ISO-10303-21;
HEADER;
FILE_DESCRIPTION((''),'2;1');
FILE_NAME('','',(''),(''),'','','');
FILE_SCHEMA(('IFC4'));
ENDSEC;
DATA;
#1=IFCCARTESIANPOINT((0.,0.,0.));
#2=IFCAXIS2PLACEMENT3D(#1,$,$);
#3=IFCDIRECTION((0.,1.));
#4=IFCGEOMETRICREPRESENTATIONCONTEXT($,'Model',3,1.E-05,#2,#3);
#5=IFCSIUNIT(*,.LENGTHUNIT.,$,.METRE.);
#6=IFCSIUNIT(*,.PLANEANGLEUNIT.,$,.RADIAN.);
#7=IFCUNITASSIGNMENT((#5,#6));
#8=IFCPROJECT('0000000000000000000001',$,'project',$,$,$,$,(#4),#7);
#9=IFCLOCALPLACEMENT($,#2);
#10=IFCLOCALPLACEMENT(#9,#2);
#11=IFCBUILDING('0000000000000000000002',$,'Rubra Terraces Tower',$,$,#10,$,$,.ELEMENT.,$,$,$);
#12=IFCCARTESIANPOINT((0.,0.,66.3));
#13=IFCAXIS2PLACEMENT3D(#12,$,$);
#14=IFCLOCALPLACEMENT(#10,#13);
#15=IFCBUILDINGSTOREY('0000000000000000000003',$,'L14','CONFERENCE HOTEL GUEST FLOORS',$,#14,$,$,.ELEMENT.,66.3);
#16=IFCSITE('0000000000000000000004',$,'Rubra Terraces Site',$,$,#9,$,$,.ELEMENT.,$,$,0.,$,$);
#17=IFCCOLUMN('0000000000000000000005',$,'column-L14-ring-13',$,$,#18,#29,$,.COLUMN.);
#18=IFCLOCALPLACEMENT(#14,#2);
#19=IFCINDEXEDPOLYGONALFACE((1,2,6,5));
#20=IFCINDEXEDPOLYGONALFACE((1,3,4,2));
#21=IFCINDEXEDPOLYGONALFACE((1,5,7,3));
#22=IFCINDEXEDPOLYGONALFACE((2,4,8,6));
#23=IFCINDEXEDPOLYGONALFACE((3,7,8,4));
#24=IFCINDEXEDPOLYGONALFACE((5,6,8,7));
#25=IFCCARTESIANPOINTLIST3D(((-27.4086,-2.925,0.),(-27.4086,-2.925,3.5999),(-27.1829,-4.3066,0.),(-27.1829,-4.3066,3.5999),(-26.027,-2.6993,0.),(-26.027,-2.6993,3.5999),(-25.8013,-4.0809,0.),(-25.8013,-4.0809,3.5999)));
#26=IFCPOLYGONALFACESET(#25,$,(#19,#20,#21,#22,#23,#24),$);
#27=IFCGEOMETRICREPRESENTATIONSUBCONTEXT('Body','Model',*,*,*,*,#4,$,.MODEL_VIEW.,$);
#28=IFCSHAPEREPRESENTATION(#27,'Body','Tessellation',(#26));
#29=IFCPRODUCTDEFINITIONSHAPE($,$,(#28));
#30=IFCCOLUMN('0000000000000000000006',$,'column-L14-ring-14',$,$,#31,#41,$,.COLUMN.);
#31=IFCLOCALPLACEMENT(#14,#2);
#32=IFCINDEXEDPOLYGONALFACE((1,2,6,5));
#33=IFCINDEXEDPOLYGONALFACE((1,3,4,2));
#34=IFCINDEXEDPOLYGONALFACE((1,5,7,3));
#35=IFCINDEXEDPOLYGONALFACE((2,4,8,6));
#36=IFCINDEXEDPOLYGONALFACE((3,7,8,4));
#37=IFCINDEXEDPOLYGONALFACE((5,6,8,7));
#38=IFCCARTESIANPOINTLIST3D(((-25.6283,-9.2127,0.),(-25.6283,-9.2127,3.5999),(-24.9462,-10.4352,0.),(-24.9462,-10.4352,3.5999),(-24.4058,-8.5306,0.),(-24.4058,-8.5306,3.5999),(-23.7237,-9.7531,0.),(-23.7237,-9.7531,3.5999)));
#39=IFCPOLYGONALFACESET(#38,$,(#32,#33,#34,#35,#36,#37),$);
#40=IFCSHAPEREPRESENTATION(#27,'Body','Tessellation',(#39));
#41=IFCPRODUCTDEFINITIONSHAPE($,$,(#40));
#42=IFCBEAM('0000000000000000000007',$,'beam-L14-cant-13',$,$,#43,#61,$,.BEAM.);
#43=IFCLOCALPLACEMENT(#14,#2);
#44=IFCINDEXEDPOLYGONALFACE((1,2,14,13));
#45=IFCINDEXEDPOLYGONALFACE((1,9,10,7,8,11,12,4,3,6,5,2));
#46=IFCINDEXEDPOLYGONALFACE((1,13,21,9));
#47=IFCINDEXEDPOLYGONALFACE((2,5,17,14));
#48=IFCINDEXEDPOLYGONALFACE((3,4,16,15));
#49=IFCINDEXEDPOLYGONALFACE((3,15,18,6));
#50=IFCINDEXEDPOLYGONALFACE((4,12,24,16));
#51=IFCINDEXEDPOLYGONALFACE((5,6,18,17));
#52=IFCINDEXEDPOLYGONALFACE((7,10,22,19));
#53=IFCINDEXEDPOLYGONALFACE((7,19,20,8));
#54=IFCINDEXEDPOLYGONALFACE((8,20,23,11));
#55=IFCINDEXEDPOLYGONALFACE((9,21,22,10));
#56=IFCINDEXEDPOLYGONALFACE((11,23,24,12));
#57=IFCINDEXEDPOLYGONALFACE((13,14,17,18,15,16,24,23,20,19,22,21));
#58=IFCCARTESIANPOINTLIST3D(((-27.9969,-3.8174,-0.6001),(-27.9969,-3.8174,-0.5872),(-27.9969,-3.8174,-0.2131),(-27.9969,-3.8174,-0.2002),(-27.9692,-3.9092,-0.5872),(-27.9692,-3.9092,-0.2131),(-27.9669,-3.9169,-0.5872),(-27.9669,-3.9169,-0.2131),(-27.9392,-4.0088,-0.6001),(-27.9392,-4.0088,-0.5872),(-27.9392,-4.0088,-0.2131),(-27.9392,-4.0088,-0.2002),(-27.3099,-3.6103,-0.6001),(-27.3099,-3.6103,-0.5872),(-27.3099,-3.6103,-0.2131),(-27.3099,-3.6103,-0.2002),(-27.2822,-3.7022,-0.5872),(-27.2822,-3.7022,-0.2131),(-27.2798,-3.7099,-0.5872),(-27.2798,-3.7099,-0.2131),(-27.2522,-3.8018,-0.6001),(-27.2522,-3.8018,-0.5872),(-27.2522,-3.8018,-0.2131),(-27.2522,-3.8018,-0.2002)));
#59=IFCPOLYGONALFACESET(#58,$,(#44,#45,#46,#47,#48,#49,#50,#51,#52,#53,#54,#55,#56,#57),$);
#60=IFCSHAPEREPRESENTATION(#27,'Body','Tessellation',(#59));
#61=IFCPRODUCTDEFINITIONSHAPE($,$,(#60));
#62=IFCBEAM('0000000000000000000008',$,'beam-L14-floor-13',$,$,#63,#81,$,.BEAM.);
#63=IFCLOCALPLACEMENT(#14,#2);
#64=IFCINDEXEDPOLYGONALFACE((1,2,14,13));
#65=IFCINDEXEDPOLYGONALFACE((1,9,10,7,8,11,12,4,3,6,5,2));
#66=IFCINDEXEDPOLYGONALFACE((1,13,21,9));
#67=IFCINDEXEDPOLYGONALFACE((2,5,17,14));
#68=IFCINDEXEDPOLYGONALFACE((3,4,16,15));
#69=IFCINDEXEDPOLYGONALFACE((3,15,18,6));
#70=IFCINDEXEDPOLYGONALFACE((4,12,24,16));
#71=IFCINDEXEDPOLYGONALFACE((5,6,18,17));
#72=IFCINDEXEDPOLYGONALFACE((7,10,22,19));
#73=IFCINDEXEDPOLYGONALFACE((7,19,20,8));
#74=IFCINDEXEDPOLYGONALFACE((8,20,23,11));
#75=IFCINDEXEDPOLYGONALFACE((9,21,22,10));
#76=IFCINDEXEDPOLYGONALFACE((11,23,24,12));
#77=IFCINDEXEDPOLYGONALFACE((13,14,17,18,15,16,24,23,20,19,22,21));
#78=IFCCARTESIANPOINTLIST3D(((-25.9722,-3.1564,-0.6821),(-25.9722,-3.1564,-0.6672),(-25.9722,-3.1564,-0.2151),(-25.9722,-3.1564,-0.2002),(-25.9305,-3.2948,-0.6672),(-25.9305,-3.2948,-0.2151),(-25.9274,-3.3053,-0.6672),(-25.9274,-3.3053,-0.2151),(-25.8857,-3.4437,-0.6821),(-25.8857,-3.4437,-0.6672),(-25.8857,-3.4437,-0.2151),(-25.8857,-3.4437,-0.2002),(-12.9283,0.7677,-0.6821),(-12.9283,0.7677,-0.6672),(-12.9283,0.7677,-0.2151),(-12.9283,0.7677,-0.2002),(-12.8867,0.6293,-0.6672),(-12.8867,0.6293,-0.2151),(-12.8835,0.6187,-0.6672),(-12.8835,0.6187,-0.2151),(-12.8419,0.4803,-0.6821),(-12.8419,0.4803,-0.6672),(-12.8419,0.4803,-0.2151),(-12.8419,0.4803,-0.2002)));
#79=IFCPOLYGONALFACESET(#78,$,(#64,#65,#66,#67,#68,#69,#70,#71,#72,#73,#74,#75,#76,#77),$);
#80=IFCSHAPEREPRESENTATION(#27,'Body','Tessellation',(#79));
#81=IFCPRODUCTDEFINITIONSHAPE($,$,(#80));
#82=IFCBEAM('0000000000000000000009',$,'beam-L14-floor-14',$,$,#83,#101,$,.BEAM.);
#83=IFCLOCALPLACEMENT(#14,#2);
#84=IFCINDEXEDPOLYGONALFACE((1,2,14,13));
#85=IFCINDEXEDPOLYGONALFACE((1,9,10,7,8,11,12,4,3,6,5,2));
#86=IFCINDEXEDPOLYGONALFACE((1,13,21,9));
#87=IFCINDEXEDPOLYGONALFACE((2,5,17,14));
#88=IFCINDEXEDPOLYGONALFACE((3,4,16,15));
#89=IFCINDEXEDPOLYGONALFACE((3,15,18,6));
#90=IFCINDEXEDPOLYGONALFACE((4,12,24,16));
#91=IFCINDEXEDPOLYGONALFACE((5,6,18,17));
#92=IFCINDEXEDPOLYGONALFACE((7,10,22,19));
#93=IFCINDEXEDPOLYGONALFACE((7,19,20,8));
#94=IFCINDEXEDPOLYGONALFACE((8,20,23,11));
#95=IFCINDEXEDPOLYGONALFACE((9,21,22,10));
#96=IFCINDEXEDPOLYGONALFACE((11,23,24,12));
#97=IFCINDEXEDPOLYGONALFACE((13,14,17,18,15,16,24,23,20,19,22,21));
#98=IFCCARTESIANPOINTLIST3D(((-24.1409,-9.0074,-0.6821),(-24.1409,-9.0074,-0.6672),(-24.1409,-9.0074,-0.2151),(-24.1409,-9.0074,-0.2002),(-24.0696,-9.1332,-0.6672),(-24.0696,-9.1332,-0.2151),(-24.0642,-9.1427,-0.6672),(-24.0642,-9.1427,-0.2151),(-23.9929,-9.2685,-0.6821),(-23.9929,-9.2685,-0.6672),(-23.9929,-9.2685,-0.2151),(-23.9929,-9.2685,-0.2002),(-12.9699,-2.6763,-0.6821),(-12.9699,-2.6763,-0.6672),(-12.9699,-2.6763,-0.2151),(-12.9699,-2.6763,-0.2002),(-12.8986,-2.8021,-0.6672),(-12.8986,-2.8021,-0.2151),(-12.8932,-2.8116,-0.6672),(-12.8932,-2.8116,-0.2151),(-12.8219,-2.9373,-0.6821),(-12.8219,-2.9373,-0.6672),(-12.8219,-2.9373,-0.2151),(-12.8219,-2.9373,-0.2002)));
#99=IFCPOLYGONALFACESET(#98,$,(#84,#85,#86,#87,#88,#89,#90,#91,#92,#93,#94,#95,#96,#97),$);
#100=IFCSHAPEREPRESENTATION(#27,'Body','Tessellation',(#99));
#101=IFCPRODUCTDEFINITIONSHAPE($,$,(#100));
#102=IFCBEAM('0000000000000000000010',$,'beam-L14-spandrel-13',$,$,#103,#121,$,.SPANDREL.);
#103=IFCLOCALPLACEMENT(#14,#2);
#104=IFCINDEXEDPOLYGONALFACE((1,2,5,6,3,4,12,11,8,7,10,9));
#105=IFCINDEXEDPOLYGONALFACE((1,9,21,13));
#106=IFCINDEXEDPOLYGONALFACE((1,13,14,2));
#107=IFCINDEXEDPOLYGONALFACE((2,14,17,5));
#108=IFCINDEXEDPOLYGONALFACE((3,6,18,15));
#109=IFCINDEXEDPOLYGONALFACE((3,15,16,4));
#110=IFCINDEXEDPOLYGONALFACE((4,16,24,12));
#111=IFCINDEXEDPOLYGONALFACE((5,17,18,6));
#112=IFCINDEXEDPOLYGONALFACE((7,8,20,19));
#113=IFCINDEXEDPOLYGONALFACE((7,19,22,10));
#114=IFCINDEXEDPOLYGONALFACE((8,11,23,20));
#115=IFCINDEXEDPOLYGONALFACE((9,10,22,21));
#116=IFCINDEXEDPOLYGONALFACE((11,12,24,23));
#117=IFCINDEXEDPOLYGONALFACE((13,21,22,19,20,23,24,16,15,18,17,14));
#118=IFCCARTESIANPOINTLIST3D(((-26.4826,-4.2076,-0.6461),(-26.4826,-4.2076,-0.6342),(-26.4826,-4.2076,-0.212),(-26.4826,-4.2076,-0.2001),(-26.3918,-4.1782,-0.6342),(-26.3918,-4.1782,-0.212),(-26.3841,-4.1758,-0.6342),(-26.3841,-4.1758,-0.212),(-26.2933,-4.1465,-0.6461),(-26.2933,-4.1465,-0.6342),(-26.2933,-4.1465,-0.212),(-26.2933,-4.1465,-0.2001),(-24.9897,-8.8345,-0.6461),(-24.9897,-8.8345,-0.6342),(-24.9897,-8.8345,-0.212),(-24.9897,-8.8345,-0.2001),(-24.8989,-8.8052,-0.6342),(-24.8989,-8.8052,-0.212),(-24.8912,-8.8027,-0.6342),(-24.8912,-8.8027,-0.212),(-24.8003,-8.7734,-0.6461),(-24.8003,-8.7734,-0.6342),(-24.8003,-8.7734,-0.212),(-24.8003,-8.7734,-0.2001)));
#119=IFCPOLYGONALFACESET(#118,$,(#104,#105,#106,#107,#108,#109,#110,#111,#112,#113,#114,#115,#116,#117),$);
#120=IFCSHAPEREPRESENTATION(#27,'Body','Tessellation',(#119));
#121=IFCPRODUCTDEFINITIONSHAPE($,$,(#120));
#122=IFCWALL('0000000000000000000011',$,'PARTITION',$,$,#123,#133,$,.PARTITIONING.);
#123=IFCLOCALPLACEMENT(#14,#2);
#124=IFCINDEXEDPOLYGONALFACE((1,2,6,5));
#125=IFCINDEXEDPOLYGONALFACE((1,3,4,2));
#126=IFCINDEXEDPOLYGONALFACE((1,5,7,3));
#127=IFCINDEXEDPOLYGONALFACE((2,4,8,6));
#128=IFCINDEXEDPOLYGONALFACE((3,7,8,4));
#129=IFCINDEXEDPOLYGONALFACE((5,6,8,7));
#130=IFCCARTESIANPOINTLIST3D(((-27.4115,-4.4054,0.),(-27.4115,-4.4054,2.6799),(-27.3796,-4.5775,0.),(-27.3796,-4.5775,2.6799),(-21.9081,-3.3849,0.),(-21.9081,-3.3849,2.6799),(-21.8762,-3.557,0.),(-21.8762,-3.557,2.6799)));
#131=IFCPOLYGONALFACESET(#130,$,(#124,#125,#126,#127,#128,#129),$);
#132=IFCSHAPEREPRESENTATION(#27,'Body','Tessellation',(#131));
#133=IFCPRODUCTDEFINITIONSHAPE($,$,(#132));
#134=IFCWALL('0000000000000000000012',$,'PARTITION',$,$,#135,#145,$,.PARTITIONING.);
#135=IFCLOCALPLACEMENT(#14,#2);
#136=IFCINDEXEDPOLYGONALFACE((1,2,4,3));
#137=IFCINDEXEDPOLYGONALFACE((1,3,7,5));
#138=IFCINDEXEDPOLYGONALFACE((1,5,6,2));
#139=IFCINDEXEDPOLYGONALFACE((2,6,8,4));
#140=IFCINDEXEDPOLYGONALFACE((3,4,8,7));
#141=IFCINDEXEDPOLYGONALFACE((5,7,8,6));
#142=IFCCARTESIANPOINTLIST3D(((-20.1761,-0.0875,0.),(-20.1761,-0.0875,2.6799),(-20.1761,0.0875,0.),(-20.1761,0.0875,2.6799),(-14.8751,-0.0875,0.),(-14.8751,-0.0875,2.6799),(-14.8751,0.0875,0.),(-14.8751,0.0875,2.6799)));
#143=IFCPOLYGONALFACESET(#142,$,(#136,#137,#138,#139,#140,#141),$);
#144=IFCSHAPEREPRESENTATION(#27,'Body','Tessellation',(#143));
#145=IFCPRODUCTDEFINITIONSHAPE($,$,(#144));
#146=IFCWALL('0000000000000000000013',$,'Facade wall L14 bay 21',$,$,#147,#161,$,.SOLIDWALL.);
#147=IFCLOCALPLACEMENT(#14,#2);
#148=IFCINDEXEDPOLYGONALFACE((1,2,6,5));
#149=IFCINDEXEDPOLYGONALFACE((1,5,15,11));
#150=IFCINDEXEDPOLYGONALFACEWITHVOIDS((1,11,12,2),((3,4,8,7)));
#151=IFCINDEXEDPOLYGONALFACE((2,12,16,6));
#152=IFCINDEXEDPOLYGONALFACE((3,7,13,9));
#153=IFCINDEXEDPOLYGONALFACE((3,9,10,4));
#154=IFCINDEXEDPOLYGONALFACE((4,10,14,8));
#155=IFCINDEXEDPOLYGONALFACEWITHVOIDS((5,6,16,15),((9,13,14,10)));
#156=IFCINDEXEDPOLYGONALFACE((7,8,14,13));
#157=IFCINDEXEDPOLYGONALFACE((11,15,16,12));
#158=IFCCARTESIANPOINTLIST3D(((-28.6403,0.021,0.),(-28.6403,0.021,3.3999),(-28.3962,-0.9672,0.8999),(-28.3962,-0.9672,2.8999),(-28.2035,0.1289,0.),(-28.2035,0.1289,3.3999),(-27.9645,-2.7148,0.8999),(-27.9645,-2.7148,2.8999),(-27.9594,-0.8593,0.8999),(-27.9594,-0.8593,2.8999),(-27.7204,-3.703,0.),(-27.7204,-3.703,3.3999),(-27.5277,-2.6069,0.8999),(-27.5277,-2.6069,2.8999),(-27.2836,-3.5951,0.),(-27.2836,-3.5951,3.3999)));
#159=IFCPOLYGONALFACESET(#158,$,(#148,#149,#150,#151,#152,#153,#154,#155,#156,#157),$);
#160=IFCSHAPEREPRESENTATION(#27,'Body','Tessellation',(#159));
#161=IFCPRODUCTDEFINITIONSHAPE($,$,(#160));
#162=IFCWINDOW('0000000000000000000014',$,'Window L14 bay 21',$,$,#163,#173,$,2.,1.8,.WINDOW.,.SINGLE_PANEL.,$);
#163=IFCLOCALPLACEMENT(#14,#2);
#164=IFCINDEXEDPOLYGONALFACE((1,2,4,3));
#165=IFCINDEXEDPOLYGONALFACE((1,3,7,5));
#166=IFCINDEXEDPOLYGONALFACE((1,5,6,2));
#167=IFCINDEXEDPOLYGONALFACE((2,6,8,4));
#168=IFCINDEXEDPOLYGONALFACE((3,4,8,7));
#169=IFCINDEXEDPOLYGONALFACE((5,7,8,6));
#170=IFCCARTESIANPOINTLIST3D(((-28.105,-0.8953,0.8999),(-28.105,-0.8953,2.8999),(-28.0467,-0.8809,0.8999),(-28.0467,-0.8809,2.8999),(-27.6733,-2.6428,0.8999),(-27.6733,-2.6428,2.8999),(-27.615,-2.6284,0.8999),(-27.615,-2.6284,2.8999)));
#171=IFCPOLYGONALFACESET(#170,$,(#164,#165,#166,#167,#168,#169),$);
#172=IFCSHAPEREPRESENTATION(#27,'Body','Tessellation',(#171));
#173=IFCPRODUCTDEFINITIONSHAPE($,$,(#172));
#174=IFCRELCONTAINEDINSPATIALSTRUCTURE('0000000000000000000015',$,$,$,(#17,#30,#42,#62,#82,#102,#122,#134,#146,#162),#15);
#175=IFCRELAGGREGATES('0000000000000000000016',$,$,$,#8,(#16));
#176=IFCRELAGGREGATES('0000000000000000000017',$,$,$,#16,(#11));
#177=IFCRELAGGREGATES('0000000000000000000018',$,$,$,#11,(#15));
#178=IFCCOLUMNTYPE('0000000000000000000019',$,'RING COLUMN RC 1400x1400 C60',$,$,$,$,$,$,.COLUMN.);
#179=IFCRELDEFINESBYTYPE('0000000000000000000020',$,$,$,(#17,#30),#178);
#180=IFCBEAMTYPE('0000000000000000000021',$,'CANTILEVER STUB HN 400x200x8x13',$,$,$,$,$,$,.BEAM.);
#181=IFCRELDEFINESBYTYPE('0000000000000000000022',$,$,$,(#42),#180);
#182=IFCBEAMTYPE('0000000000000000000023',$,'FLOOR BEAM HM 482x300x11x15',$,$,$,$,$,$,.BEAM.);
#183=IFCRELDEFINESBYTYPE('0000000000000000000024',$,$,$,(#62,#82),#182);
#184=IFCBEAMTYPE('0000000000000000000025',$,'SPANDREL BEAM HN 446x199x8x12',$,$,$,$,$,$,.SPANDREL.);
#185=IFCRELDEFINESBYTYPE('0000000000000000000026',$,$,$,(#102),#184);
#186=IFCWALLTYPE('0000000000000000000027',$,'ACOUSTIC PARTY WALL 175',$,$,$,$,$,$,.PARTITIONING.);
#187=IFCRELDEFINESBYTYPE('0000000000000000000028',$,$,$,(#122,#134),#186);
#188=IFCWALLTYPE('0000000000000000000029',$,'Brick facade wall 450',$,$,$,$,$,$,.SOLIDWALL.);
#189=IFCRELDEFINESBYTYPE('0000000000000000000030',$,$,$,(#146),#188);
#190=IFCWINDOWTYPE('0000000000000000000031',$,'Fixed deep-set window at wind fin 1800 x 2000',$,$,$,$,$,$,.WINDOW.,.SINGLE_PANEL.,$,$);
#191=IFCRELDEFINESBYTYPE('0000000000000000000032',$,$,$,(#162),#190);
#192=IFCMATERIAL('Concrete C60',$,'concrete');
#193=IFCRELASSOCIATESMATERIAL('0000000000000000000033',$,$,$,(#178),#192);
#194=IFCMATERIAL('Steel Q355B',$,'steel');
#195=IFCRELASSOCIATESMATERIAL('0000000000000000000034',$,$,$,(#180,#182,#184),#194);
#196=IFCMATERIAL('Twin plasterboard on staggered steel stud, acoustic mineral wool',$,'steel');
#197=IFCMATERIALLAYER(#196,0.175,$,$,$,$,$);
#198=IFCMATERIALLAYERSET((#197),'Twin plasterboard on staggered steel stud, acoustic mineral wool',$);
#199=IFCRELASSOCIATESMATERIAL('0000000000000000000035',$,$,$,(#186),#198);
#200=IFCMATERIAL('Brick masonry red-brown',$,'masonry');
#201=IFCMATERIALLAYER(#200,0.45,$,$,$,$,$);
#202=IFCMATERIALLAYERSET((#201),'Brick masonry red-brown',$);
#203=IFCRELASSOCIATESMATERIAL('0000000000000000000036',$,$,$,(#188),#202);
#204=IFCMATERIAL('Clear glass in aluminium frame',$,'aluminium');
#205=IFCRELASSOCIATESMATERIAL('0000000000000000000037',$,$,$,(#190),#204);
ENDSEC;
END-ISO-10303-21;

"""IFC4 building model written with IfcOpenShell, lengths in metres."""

from ifc_helpers import new_model, si_unit, direction, frame, frame_2d, origin, origin_2d, place, context, subcontext, project, spatial, rectangle, i_section, extrude, material, layer, layer_set, material_profile, profile_set, type_object, element, fill, save


model = new_model("IFC4")

# Units and contexts
model_context = context("Model", 3, precision=1e-05, world=origin(), true_north=direction((0.0, 1.0)))
body_context = subcontext(model_context, "Body", "Model", "MODEL_VIEW")
ifc_project = project(units=[si_unit("LENGTHUNIT", "METRE"), si_unit("PLANEANGLEUNIT", "RADIAN")], contexts=[model_context])

# Site, building, storey
site_placement = place(None, origin())
site = spatial("IfcSite", under=ifc_project, at=site_placement, Name="Rubra Terraces Site", CompositionType="ELEMENT", RefElevation=0.0)
building_placement = place(site_placement, origin())
building = spatial("IfcBuilding", under=site, at=building_placement, Name="Rubra Terraces Tower", CompositionType="ELEMENT")
storey_placement = place(building_placement, frame((0.0, 0.0, 66.3)))
storey = spatial("IfcBuildingStorey", under=building, at=storey_placement, Name="L14", Description="CONFERENCE HOTEL GUEST FLOORS", CompositionType="ELEMENT", Elevation=66.3)

# Columns
ifc_material_1 = material(Name="Concrete C60", Category="concrete")
ifc_material_profile_1 = material_profile(ifc_material_1, rectangle(XDim=1.3999, YDim=1.3999, at=origin_2d()), Name="RC 1400x1400")
ifc_profile_set_1 = profile_set([ifc_material_profile_1], Name="Concrete C60")
column_type = type_object("IfcColumnType", Name="RING COLUMN RC 1400x1400 C60", PredefinedType="COLUMN", material=ifc_profile_set_1)
for number, where, z_axis, x_axis, name in (
    (1, (-26.605, -3.5029, 0.0), (0.0, 0.0, 1.0), (0.161234, -0.986916, 0.0), "column-L14-ring-13"),
    (2, (-24.676, -9.4829, 0.0), (0.0, 0.0, 1.0), (0.487227, -0.873276, 0.0), "column-L14-ring-14"),
):
    element("IfcColumn", number, at=place(storey_placement, frame(where, z_axis=z_axis, x_axis=x_axis)), inside=storey, type_object=column_type, Name=name, PredefinedType="COLUMN", context=body_context, shape_type="SweptSolid", body=[
        extrude(rectangle(XDim=1.3999, YDim=1.3999, at=origin_2d()), origin(), (0.0, 0.0, 1.0), 3.5999),
    ])

# Beams
ifc_material_2 = material(Name="Steel Q355B", Category="steel")
ifc_material_profile_2 = material_profile(ifc_material_2, i_section(OverallWidth=0.2, OverallDepth=0.3999, WebThickness=0.0081, FlangeThickness=0.0129, at=origin_2d()), Name="HN 400x200x8x13")
ifc_profile_set_2 = profile_set([ifc_material_profile_2], Name="Steel Q355B")
beam_type_1 = type_object("IfcBeamType", Name="CANTILEVER STUB HN 400x200x8x13", PredefinedType="BEAM", material=ifc_profile_set_2)
beam_1_placement = place(storey_placement, frame((-27.281, -3.7061, -0.4001), z_axis=(-0.95747, -0.288534, 0.0), x_axis=(0.288534, -0.95747, 0.0)))
element("IfcBeam", 3, at=beam_1_placement, inside=storey, type_object=beam_type_1, Name="beam-L14-cant-13", PredefinedType="BEAM", context=body_context, shape_type="SweptSolid", body=[
    extrude(i_section(OverallWidth=0.2, OverallDepth=0.3999, WebThickness=0.0081, FlangeThickness=0.0129, at=origin_2d()), origin(), (0.0, 0.0, 1.0), 0.7175),
])
ifc_material_profile_3 = material_profile(ifc_material_2, i_section(OverallWidth=0.3, OverallDepth=0.4819, WebThickness=0.011, FlangeThickness=0.0149, at=origin_2d()), Name="HM 482x300x11x15")
ifc_profile_set_3 = profile_set([ifc_material_profile_3], Name="Steel Q355B")
beam_type_2 = type_object("IfcBeamType", Name="FLOOR BEAM HM 482x300x11x15", PredefinedType="BEAM", material=ifc_profile_set_3)
beam_2_placement = place(storey_placement, frame((-25.929, -3.3, -0.4412), z_axis=(0.957606, 0.288081, 0.0), x_axis=(-0.288081, 0.957606, 0.0)))
element("IfcBeam", 4, at=beam_2_placement, inside=storey, type_object=beam_type_2, Name="beam-L14-floor-13", PredefinedType="BEAM", context=body_context, shape_type="SweptSolid", body=[
    extrude(i_section(OverallWidth=0.3, OverallDepth=0.4819, WebThickness=0.011, FlangeThickness=0.0149, at=origin_2d()), origin(), (0.0, 0.0, 1.0), 13.6213),
])
beam_3_placement = place(storey_placement, frame((-24.0669, -9.1379, -0.4412), z_axis=(0.869993, 0.493064, 0.0), x_axis=(-0.493064, 0.869993, 0.0)))
element("IfcBeam", 5, at=beam_3_placement, inside=storey, type_object=beam_type_2, Name="beam-L14-floor-14", PredefinedType="BEAM", context=body_context, shape_type="SweptSolid", body=[
    extrude(i_section(OverallWidth=0.3, OverallDepth=0.4819, WebThickness=0.011, FlangeThickness=0.0149, at=origin_2d()), origin(), (0.0, 0.0, 1.0), 12.8403),
])
ifc_material_profile_4 = material_profile(ifc_material_2, i_section(OverallWidth=0.199, OverallDepth=0.446, WebThickness=0.0081, FlangeThickness=0.012, at=origin_2d()), Name="HN 446x199x8x12")
ifc_profile_set_4 = profile_set([ifc_material_profile_4], Name="Steel Q355B")
beam_type_3 = type_object("IfcBeamType", Name="SPANDREL BEAM HN 446x199x8x12", PredefinedType="SPANDREL", material=ifc_profile_set_4)
beam_4_placement = place(storey_placement, frame((-26.3879, -4.177, -0.4231), z_axis=(0.307069, -0.951687, 0.0), x_axis=(0.951687, 0.307069, 0.0)))
element("IfcBeam", 6, at=beam_4_placement, inside=storey, type_object=beam_type_3, Name="beam-L14-spandrel-13", PredefinedType="SPANDREL", context=body_context, shape_type="SweptSolid", body=[
    extrude(i_section(OverallWidth=0.199, OverallDepth=0.446, WebThickness=0.0081, FlangeThickness=0.012, at=origin_2d()), origin(), (0.0, 0.0, 1.0), 4.8618),
])

# Walls
ifc_material_3 = material(Name="Twin plasterboard on staggered steel stud, acoustic mineral wool", Category="steel")
ifc_layer_1 = layer(ifc_material_3, 0.175)
ifc_layer_set_1 = layer_set([ifc_layer_1], Name="Twin plasterboard on staggered steel stud, acoustic mineral wool")
wall_type_1 = type_object("IfcWallType", Name="ACOUSTIC PARTY WALL 175", PredefinedType="PARTITIONING", material=ifc_layer_set_1)
wall_1_placement = place(storey_placement, frame((-27.3955, -4.4915, 0.0), z_axis=(0.0, 0.0, 1.0), x_axis=(0.983239, 0.182324, 0.0)))
element("IfcWall", 7, at=wall_1_placement, inside=storey, type_object=wall_type_1, Name="PARTITION", PredefinedType="PARTITIONING", context=body_context, shape_type="SweptSolid", body=[
    extrude(rectangle(XDim=5.5972, YDim=0.175, at=frame_2d((2.7986, 0.0))), origin(), (0.0, 0.0, 1.0), 2.6799),
])
wall_2_placement = place(storey_placement, frame((-20.176, 0.0, 0.0), z_axis=(0.0, 0.0, 1.0), x_axis=(1.0, 0.0, 0.0)))
element("IfcWall", 8, at=wall_2_placement, inside=storey, type_object=wall_type_1, Name="PARTITION", PredefinedType="PARTITIONING", context=body_context, shape_type="SweptSolid", body=[
    extrude(rectangle(XDim=5.301, YDim=0.175, at=frame_2d((2.6504, 0.0))), origin(), (0.0, 0.0, 1.0), 2.6799),
])

# Wall, opening, window
ifc_material_4 = material(Name="Brick masonry red-brown", Category="masonry")
ifc_layer_2 = layer(ifc_material_4, 0.45)
ifc_layer_set_2 = layer_set([ifc_layer_2], Name="Brick masonry red-brown")
wall_type_2 = type_object("IfcWallType", Name="Brick facade wall 450", PredefinedType="SOLIDWALL", material=ifc_layer_set_2)
wall_3_placement = place(storey_placement, frame((-28.4219, 0.075, 0.0), z_axis=(0.0, 0.0, 1.0), x_axis=(0.239809, -0.97082, 0.0)))
wall_3 = element("IfcWall", 9, at=wall_3_placement, inside=storey, type_object=wall_type_2, Name="Facade wall L14 bay 21", PredefinedType="SOLIDWALL", context=body_context, shape_type="SweptSolid", body=[
    extrude(rectangle(XDim=3.8359, YDim=0.45, at=frame_2d((1.918, 0.0))), origin(), (0.0, 0.0, 1.0), 3.3999),
])
opening_1_placement = place(wall_3_placement, frame((1.0181, 0.0, 0.8999)))
opening_1 = element("IfcOpeningElement", 10, at=opening_1_placement, cuts=wall_3, PredefinedType="OPENING", context=body_context, shape_type="SweptSolid", body=[
    extrude(rectangle(XDim=1.8, YDim=2.0, at=frame_2d((0.8999, 1.0))), frame((0.0, 0.2349, 0.0), z_axis=(0.0, -1.0, 0.0), x_axis=(1.0, 0.0, 0.0)), (0.0, 0.0, 1.0), 0.47),
])
ifc_material_5 = material(Name="Clear glass in aluminium frame", Category="aluminium")
window_type_1 = type_object("IfcWindowType", Name="Fixed deep-set window at wind fin 1800 x 2000", PartitioningType="SINGLE_PANEL", PredefinedType="WINDOW", material=ifc_material_5)
window_1_placement = place(opening_1_placement, origin())
window_1 = element("IfcWindow", 11, at=window_1_placement, inside=storey, type_object=window_type_1, Name="Window L14 bay 21", OverallHeight=2.0, OverallWidth=1.8, PartitioningType="SINGLE_PANEL", PredefinedType="WINDOW", context=body_context, shape_type="SweptSolid", body=[
    extrude(rectangle(XDim=1.8, YDim=2.0, at=frame_2d((0.8999, 1.0))), frame((0.0, 0.135, 0.0), z_axis=(0.0, -1.0, 0.0), x_axis=(1.0, 0.0, 0.0)), (0.0, 0.0, 1.0), 0.0601),
])
fill(opening_1, window_1)

save(model, "model.ifc")
